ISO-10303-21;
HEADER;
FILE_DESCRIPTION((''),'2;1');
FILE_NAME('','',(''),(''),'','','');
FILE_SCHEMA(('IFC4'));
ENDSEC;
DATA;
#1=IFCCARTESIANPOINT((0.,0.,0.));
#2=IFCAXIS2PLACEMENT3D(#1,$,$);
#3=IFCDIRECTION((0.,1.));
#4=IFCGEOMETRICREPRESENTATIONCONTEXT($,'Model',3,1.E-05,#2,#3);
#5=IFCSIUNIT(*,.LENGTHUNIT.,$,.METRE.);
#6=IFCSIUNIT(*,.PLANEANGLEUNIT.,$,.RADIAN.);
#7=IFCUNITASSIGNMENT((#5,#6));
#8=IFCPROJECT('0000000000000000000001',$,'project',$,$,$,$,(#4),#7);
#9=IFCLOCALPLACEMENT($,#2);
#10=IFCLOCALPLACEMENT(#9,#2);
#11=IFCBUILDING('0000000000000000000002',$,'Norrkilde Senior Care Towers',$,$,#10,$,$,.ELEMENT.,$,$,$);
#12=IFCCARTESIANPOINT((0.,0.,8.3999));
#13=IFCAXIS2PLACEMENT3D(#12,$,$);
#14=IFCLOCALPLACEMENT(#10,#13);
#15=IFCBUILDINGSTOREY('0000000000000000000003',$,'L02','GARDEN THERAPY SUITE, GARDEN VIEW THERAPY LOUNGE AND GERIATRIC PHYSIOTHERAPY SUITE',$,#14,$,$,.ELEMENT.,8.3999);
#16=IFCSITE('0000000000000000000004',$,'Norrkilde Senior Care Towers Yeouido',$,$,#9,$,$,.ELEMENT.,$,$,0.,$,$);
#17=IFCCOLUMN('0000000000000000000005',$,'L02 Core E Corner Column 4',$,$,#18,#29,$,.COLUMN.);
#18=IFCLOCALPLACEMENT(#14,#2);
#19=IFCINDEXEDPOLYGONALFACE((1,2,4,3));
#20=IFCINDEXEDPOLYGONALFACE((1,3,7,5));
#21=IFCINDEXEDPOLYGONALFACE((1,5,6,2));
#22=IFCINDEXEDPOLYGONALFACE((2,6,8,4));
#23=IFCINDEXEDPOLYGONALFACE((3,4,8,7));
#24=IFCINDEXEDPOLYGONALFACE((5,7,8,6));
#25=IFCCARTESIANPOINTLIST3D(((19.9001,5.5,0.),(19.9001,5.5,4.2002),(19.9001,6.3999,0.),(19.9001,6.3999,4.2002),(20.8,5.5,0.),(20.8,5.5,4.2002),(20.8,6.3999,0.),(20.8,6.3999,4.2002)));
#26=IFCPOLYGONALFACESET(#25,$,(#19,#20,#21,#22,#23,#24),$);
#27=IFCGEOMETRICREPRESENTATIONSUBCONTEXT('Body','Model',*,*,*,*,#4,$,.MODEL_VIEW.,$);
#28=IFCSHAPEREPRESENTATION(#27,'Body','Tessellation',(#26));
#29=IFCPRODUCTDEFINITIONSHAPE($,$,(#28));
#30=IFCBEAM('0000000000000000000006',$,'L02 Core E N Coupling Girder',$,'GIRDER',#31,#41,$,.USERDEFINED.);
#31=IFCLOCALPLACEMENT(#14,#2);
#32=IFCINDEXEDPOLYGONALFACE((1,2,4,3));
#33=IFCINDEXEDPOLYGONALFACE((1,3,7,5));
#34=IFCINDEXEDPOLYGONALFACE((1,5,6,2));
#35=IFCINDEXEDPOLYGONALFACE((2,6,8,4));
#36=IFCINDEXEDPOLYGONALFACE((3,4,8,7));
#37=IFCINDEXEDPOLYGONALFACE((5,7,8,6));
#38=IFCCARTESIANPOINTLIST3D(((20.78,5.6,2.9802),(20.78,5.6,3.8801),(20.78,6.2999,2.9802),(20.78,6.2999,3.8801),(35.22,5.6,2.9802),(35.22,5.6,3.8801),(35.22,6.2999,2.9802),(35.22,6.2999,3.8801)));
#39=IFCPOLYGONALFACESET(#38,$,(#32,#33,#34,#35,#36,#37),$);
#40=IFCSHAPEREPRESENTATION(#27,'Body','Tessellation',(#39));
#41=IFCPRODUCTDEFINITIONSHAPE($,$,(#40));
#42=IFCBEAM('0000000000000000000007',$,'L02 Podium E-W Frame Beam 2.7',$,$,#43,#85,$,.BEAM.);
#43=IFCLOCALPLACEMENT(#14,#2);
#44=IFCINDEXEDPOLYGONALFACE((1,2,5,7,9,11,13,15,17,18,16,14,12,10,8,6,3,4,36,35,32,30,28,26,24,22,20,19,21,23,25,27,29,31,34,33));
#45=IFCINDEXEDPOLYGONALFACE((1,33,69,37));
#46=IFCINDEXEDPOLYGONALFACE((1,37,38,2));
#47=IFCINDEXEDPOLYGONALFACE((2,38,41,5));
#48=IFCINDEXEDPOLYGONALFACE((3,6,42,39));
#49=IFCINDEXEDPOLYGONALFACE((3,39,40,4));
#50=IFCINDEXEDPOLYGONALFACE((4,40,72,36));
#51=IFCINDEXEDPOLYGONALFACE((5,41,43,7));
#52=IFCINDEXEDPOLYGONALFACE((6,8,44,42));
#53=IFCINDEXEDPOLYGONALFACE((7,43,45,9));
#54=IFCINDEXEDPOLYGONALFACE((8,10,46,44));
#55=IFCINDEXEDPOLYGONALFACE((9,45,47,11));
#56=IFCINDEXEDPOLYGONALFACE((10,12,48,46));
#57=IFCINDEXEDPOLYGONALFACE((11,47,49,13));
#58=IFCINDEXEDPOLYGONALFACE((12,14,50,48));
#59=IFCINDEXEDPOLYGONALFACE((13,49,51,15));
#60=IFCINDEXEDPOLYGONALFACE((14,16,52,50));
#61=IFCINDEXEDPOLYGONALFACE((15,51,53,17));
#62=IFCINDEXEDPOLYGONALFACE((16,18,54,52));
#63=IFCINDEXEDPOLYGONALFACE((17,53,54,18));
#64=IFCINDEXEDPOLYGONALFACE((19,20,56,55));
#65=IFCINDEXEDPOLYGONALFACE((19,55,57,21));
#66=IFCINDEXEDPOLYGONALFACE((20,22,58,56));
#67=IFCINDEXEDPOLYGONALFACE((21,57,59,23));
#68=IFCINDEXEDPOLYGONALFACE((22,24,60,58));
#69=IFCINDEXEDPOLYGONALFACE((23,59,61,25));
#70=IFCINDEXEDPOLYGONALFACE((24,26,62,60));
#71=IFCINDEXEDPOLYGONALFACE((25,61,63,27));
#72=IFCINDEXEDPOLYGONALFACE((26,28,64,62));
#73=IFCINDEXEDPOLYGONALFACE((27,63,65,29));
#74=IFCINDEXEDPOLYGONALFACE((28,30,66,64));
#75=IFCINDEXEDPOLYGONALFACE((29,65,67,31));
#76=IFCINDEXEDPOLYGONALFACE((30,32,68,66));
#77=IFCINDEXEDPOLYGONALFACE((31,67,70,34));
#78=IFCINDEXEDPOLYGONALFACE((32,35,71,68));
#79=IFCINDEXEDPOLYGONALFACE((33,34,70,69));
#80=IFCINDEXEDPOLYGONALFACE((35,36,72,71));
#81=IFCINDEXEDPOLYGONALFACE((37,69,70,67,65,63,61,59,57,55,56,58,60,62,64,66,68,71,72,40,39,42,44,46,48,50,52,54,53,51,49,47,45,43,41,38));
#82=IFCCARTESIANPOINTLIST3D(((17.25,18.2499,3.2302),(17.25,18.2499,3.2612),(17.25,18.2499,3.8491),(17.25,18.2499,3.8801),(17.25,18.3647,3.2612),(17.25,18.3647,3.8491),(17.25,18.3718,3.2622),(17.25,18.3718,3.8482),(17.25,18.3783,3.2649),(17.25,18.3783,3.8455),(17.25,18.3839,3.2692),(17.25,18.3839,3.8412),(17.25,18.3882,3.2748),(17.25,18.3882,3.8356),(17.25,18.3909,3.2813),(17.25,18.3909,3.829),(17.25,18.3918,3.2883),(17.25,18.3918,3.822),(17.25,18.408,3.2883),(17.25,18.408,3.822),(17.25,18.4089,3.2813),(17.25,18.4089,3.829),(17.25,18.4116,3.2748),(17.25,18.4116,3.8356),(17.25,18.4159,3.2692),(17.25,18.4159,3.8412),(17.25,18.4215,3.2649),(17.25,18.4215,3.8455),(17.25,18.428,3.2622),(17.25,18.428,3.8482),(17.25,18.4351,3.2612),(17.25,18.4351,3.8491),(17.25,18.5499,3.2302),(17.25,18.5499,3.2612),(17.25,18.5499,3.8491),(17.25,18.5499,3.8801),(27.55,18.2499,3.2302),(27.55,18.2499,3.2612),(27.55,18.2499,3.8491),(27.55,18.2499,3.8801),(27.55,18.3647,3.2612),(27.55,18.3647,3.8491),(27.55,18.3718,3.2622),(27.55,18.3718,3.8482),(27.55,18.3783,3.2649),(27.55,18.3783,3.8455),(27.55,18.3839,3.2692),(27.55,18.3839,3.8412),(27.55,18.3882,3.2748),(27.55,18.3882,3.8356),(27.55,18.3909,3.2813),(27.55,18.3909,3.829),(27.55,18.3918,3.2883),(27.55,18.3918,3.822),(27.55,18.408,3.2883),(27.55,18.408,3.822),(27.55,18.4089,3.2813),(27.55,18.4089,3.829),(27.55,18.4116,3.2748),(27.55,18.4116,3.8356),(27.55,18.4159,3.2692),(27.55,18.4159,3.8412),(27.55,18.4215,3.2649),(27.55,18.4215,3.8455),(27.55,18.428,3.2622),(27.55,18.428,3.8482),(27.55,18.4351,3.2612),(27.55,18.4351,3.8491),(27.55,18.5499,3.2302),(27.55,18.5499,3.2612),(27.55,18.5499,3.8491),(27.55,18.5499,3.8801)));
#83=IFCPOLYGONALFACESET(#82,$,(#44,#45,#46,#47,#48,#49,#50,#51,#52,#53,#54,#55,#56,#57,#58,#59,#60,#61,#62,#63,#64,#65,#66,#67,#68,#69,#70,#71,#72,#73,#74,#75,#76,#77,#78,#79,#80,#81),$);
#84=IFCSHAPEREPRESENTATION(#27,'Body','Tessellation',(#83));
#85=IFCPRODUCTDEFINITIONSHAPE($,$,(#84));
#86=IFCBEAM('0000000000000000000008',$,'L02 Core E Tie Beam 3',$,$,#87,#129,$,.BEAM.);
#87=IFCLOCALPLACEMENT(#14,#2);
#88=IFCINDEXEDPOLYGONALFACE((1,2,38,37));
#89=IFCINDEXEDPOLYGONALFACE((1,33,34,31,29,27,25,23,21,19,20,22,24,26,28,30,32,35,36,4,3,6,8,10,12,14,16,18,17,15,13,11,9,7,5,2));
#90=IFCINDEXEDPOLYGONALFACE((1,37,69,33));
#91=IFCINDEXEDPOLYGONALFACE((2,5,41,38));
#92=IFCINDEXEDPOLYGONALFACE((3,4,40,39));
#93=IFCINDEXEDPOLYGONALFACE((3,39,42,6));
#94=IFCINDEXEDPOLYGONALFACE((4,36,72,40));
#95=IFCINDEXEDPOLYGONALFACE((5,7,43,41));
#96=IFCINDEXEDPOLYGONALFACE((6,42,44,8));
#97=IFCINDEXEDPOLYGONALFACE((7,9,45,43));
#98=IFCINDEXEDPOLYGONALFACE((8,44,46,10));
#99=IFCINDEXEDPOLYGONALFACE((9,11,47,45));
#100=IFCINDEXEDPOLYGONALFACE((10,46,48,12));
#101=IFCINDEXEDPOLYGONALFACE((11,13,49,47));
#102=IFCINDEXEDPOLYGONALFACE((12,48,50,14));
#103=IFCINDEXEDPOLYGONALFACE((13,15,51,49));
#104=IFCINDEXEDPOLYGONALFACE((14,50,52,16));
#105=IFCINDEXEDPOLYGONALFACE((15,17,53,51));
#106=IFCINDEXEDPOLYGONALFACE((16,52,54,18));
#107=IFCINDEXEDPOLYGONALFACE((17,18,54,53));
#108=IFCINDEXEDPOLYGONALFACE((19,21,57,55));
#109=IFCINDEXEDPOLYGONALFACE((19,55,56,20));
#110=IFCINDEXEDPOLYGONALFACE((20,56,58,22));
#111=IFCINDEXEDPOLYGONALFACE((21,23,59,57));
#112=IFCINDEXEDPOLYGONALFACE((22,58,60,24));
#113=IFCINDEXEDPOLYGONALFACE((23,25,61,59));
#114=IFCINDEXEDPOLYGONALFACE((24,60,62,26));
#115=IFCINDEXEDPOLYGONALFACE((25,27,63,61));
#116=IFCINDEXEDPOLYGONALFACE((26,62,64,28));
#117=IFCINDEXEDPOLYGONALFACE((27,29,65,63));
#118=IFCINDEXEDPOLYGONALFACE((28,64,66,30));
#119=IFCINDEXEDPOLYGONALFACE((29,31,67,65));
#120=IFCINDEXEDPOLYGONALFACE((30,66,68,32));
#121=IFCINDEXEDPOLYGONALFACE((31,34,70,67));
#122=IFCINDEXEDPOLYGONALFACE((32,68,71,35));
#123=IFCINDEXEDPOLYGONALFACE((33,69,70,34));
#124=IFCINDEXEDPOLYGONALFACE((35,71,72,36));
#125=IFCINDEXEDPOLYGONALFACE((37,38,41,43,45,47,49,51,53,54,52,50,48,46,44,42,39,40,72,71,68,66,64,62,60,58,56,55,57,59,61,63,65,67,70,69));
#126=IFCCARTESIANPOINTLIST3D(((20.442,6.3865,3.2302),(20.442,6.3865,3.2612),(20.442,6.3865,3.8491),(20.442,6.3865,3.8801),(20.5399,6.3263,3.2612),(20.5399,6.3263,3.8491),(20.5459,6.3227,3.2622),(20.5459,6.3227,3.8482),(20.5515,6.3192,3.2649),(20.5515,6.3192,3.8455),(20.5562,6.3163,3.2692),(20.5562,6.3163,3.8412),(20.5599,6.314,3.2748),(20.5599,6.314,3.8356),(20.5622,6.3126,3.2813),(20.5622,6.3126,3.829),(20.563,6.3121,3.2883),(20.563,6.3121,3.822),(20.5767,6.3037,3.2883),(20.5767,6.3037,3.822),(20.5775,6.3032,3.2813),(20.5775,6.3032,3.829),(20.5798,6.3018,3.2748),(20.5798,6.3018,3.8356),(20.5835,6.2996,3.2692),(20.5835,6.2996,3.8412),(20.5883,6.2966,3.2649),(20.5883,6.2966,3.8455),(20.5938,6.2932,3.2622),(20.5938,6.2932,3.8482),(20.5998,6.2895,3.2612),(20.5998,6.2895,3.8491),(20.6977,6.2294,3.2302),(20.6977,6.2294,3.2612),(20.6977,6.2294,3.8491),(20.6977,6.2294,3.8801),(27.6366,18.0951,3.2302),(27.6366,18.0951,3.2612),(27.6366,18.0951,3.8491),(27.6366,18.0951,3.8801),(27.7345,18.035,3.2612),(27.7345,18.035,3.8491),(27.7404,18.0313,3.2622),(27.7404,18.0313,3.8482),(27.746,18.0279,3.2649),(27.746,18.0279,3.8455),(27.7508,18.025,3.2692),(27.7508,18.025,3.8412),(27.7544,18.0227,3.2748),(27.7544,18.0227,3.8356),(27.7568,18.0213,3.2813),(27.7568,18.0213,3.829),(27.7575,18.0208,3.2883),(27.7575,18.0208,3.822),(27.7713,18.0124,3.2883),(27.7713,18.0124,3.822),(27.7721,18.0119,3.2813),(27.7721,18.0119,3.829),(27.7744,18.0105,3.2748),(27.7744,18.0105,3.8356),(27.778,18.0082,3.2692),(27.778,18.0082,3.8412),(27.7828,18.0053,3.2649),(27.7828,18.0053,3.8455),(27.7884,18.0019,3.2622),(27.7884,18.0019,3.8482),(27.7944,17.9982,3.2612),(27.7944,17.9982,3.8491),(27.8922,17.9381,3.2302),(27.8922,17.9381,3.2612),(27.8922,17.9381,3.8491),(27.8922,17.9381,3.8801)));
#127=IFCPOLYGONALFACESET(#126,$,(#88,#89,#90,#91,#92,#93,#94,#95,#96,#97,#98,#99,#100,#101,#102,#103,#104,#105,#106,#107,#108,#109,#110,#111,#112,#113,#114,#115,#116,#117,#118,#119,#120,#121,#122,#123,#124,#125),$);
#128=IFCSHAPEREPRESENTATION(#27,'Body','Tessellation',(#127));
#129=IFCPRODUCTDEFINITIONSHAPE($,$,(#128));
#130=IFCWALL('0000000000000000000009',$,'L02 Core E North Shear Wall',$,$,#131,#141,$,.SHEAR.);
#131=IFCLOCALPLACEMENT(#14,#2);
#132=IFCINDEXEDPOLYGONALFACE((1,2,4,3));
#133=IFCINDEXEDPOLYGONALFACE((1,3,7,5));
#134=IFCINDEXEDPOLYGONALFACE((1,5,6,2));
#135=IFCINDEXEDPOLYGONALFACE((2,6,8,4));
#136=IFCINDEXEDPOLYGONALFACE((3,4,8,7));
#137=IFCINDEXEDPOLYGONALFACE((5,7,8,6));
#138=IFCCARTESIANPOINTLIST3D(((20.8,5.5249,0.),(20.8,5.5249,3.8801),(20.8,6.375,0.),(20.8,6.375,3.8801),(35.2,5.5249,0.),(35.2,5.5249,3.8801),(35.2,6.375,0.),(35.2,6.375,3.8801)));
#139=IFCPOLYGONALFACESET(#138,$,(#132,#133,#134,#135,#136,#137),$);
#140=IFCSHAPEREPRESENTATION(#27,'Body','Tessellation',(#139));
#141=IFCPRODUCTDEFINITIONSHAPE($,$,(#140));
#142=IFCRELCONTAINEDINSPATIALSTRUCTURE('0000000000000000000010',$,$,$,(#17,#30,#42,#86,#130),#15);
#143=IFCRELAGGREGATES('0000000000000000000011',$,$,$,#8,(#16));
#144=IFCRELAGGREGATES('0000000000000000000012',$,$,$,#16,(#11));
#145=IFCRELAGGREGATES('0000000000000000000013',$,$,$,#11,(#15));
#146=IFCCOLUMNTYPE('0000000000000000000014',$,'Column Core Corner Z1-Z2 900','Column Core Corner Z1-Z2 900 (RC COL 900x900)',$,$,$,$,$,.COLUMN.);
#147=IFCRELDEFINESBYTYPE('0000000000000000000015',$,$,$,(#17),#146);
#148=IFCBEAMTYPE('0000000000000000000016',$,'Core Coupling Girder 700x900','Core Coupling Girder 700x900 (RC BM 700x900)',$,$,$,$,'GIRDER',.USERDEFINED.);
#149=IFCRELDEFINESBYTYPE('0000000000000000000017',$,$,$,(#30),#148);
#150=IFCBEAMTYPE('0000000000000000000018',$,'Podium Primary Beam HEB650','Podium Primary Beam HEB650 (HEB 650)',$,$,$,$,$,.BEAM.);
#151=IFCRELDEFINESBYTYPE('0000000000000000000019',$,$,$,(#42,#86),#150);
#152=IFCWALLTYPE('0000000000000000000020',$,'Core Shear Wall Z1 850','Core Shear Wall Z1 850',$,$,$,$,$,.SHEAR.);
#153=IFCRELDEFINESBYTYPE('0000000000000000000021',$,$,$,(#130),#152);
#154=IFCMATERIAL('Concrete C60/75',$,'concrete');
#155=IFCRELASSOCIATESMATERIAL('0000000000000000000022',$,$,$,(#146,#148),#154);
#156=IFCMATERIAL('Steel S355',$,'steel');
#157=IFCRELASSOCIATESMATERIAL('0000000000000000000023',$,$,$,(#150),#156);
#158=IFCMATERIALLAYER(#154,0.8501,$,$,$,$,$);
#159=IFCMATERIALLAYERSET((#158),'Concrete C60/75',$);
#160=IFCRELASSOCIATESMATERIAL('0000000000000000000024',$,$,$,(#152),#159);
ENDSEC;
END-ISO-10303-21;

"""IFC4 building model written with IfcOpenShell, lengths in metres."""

from ifc_helpers import new_model, si_unit, direction, frame, frame_2d, origin, origin_2d, place, context, subcontext, project, spatial, rectangle, i_section, extrude, source, transform, mapped, material, layer, layer_set, material_profile, profile_set, type_object, type_shapes, element, save


model = new_model("IFC4")

# Units and contexts
model_context = context("Model", 3, precision=1e-05, world=origin(), true_north=direction((0.0, 1.0)))
body_context = subcontext(model_context, "Body", "Model", "MODEL_VIEW")
ifc_project = project(units=[si_unit("LENGTHUNIT", "METRE"), si_unit("PLANEANGLEUNIT", "RADIAN")], contexts=[model_context])

# Site, building, storey
site_placement = place(None, origin())
site = spatial("IfcSite", under=ifc_project, at=site_placement, Name="Norrkilde Senior Care Towers Yeouido", CompositionType="ELEMENT", RefElevation=0.0)
building_placement = place(site_placement, origin())
building = spatial("IfcBuilding", under=site, at=building_placement, Name="Norrkilde Senior Care Towers", CompositionType="ELEMENT")
storey_placement = place(building_placement, frame((0.0, 0.0, 8.3999)))
storey = spatial("IfcBuildingStorey", under=building, at=storey_placement, Name="L02", Description="GARDEN THERAPY SUITE, GARDEN VIEW THERAPY LOUNGE AND GERIATRIC PHYSIOTHERAPY SUITE", CompositionType="ELEMENT", Elevation=8.3999)

# Column
ifc_material_1 = material(Name="Concrete C60/75", Category="concrete")
ifc_material_profile_1 = material_profile(ifc_material_1, rectangle(XDim=0.8999, YDim=0.8999, at=origin_2d()), Name="RC COL 900x900")
ifc_profile_set_1 = profile_set([ifc_material_profile_1], Name="Concrete C60/75")
column_type = type_object("IfcColumnType", Name="Column Core Corner Z1-Z2 900", Description="Column Core Corner Z1-Z2 900 (RC COL 900x900)", PredefinedType="COLUMN", material=ifc_profile_set_1)
shared_shape_1 = source(origin(), body_context, "Body", "SweptSolid", [
    extrude(rectangle(XDim=0.8999, YDim=0.8999, at=origin_2d()), origin(), (0.0, 0.0, 1.0), 4.2002),
])
type_shapes(column_type, [shared_shape_1])
column_placement = place(storey_placement, frame((20.3501, 5.95, 0.0), z_axis=(0.0, 0.0, 1.0), x_axis=(1.0, 0.0, 0.0)))
element("IfcColumn", 1, at=column_placement, inside=storey, type_object=column_type, Name="L02 Core E Corner Column 4", PredefinedType="COLUMN", context=body_context, shape_type="MappedRepresentation", body=[
    mapped(shared_shape_1, transform((0.0, 0.0, 0.0), x_axis=(1.0, 0.0, 0.0), y_axis=(0.0, 1.0, 0.0), z_axis=(0.0, 0.0, 1.0), scale=1.0)),
])

# Beams
ifc_material_profile_2 = material_profile(ifc_material_1, rectangle(XDim=0.7, YDim=0.8999, at=origin_2d()), Name="RC BM 700x900")
ifc_profile_set_2 = profile_set([ifc_material_profile_2], Name="Concrete C60/75")
beam_type_1 = type_object("IfcBeamType", Name="Core Coupling Girder 700x900", Description="Core Coupling Girder 700x900 (RC BM 700x900)", ElementType="GIRDER", PredefinedType="USERDEFINED", material=ifc_profile_set_2)
shared_shape_2 = source(origin(), body_context, "Body", "SweptSolid", [
    extrude(rectangle(XDim=0.7, YDim=0.8999, at=origin_2d()), origin(), (0.0, 0.0, 1.0), 14.4399),
])
type_shapes(beam_type_1, [shared_shape_2])
beam_1_placement = place(storey_placement, frame((20.78, 5.95, 3.4302), z_axis=(1.0, 0.0, 0.0), x_axis=(0.0, 1.0, 0.0)))
element("IfcBeam", 2, at=beam_1_placement, inside=storey, type_object=beam_type_1, Name="L02 Core E N Coupling Girder", ObjectType="GIRDER", PredefinedType="USERDEFINED", context=body_context, shape_type="MappedRepresentation", body=[
    mapped(shared_shape_2, transform((0.0, 0.0, 0.0), x_axis=(1.0, 0.0, 0.0), y_axis=(0.0, 1.0, 0.0), z_axis=(0.0, 0.0, 1.0), scale=1.0)),
])
ifc_material_2 = material(Name="Steel S355", Category="steel")
ifc_material_profile_3 = material_profile(ifc_material_2, i_section(OverallWidth=0.3, OverallDepth=0.6499, WebThickness=0.0161, FlangeThickness=0.031, FilletRadius=0.0271, at=origin_2d()), Name="HEB 650")
ifc_profile_set_3 = profile_set([ifc_material_profile_3], Name="Steel S355")
beam_type_2 = type_object("IfcBeamType", Name="Podium Primary Beam HEB650", Description="Podium Primary Beam HEB650 (HEB 650)", PredefinedType="BEAM", material=ifc_profile_set_3)
shared_shape_3 = source(origin(), body_context, "Body", "SweptSolid", [
    extrude(i_section(OverallWidth=0.3, OverallDepth=0.6499, WebThickness=0.0161, FlangeThickness=0.031, FilletRadius=0.0271, at=origin_2d()), origin(), (0.0, 0.0, 1.0), 10.3),
])
beam_2_placement = place(storey_placement, frame((17.25, 18.3999, 3.5552), z_axis=(1.0, 0.0, 0.0), x_axis=(0.0, 1.0, 0.0)))
element("IfcBeam", 3, at=beam_2_placement, inside=storey, type_object=beam_type_2, Name="L02 Podium E-W Frame Beam 2.7", PredefinedType="BEAM", context=body_context, shape_type="MappedRepresentation", body=[
    mapped(shared_shape_3, transform((0.0, 0.0, 0.0), x_axis=(1.0, 0.0, 0.0), y_axis=(0.0, 1.0, 0.0), z_axis=(0.0, 0.0, 1.0), scale=1.0)),
])
shared_shape_4 = source(origin(), body_context, "Body", "SweptSolid", [
    extrude(i_section(OverallWidth=0.3, OverallDepth=0.6499, WebThickness=0.0161, FlangeThickness=0.031, FilletRadius=0.0271, at=origin_2d()), origin(), (0.0, 0.0, 1.0), 13.7424),
])
type_shapes(beam_type_2, [shared_shape_3, shared_shape_4])
beam_3_placement = place(storey_placement, frame((27.7644, 18.0166, 3.5552), z_axis=(-0.523527, -0.852009, 0.0), x_axis=(0.852009, -0.523527, 0.0)))
element("IfcBeam", 4, at=beam_3_placement, inside=storey, type_object=beam_type_2, Name="L02 Core E Tie Beam 3", PredefinedType="BEAM", context=body_context, shape_type="MappedRepresentation", body=[
    mapped(shared_shape_4, transform((0.0, 0.0, 0.0), x_axis=(1.0, 0.0, 0.0), y_axis=(0.0, 1.0, 0.0), z_axis=(0.0, 0.0, 1.0), scale=1.0)),
])

# Wall
ifc_layer_1 = layer(ifc_material_1, 0.8501)
ifc_layer_set_1 = layer_set([ifc_layer_1], Name="Concrete C60/75")
wall_type_1 = type_object("IfcWallType", Name="Core Shear Wall Z1 850", Description="Core Shear Wall Z1 850", PredefinedType="SHEAR", material=ifc_layer_set_1)
shared_shape_5 = source(origin(), body_context, "Body", "SweptSolid", [
    extrude(rectangle(XDim=14.3999, YDim=0.8501, at=frame_2d((7.2, 0.0))), origin(), (0.0, 0.0, 1.0), 3.8801),
])
type_shapes(wall_type_1, [shared_shape_5])
wall_1_placement = place(storey_placement, frame((20.8, 5.95, 0.0), z_axis=(0.0, 0.0, 1.0), x_axis=(1.0, 0.0, 0.0)))
element("IfcWall", 5, at=wall_1_placement, inside=storey, type_object=wall_type_1, Name="L02 Core E North Shear Wall", PredefinedType="SHEAR", context=body_context, shape_type="MappedRepresentation", body=[
    mapped(shared_shape_5, transform((0.0, 0.0, 0.0), x_axis=(1.0, 0.0, 0.0), y_axis=(0.0, 1.0, 0.0), z_axis=(0.0, 0.0, 1.0), scale=1.0)),
])

save(model, "model.ifc")
